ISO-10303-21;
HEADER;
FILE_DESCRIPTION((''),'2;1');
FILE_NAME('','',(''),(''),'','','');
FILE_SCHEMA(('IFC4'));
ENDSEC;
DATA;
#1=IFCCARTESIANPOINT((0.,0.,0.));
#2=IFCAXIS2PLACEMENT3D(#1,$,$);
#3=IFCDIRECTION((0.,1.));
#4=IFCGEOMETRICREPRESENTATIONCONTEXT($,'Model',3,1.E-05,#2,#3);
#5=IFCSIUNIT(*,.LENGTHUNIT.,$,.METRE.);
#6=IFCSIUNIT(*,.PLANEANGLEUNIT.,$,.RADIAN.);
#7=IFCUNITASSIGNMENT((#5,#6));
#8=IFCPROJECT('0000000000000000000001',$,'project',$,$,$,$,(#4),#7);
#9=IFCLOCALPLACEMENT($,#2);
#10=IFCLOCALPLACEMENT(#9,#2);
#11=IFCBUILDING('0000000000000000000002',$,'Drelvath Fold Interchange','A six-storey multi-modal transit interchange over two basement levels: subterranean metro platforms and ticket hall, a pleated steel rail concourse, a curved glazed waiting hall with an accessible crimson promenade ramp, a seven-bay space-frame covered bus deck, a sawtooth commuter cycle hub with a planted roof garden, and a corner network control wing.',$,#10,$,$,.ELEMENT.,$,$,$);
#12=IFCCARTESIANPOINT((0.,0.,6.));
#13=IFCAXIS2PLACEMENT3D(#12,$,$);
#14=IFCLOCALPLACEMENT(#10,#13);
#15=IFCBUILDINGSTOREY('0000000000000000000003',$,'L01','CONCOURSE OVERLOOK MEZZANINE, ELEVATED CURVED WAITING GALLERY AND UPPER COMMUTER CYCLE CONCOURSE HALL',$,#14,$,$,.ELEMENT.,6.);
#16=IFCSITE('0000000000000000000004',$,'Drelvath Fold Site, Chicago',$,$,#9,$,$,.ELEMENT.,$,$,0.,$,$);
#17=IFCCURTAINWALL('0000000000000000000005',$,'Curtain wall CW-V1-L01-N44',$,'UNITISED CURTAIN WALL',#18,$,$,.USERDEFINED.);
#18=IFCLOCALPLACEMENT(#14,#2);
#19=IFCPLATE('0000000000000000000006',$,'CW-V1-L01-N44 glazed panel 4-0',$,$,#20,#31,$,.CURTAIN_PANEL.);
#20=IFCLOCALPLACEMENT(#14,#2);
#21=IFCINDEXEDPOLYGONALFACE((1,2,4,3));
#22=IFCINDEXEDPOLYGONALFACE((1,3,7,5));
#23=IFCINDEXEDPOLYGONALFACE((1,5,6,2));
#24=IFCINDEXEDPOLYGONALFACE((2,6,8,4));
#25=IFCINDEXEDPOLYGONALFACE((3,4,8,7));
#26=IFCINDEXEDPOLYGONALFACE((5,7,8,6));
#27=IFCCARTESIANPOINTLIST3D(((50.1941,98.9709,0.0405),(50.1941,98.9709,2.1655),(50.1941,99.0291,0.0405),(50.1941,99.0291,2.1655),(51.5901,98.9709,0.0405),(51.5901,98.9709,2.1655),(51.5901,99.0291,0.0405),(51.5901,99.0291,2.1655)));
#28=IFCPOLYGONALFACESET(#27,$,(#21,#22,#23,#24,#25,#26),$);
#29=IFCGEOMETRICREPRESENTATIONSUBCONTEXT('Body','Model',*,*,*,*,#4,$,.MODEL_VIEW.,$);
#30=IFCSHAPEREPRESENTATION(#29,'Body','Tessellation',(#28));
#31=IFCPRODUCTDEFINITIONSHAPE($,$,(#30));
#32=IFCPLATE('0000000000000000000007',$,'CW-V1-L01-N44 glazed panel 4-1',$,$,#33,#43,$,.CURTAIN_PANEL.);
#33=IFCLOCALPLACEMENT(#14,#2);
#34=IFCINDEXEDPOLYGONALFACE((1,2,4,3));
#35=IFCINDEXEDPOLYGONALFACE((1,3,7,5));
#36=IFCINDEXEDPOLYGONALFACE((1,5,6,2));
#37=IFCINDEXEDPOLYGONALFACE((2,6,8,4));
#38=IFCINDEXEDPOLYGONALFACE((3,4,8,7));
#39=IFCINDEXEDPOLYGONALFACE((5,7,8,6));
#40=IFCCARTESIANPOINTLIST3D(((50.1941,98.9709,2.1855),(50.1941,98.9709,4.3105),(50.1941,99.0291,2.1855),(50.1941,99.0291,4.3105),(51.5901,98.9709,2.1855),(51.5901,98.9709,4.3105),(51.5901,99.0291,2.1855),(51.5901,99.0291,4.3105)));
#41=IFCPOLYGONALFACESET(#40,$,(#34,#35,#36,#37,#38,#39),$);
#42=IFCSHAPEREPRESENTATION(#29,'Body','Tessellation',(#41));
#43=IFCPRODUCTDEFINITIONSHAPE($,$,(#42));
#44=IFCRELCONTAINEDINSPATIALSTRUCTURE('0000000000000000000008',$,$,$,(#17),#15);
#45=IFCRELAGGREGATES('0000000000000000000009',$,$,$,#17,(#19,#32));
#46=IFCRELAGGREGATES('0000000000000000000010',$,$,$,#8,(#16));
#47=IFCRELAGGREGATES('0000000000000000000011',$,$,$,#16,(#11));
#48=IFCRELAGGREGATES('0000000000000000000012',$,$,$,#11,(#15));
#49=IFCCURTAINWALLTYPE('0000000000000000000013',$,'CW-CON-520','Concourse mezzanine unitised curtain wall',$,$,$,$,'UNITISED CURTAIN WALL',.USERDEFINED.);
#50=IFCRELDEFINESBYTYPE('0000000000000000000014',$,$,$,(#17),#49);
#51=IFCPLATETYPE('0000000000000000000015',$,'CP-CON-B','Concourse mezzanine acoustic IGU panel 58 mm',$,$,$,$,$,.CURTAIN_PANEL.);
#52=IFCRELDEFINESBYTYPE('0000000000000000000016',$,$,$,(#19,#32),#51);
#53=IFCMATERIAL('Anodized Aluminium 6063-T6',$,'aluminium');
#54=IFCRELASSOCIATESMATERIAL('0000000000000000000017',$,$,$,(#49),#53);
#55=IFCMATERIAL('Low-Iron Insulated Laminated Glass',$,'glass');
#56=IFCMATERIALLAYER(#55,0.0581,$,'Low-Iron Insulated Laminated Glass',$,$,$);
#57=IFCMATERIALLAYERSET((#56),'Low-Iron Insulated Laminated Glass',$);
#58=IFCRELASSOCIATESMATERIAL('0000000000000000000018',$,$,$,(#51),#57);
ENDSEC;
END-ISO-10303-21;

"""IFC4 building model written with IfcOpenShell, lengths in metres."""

from ifc_helpers import new_model, si_unit, direction, frame, origin, origin_2d, place, context, subcontext, project, spatial, rectangle, extrude, material, layer, layer_set, type_object, element, aggregate, save


model = new_model("IFC4")

# Units and contexts
model_context = context("Model", 3, precision=1e-05, world=origin(), true_north=direction((0.0, 1.0)))
body_context = subcontext(model_context, "Body", "Model", "MODEL_VIEW")
ifc_project = project(units=[si_unit("LENGTHUNIT", "METRE"), si_unit("PLANEANGLEUNIT", "RADIAN")], contexts=[model_context])

# Site, building, storey
site_placement = place(None, origin())
site = spatial("IfcSite", under=ifc_project, at=site_placement, Name="Drelvath Fold Site, Chicago", CompositionType="ELEMENT", RefElevation=0.0)
building_placement = place(site_placement, origin())
building = spatial("IfcBuilding", under=site, at=building_placement, Name="Drelvath Fold Interchange", Description="A six-storey multi-modal transit interchange over two basement levels: subterranean metro platforms and ticket hall, a pleated steel rail concourse, a curved glazed waiting hall with an accessible crimson promenade ramp, a seven-bay space-frame covered bus deck, a sawtooth commuter cycle hub with a planted roof garden, and a corner network control wing.", CompositionType="ELEMENT")
storey_placement = place(building_placement, frame((0.0, 0.0, 6.0)))
storey = spatial("IfcBuildingStorey", under=building, at=storey_placement, Name="L01", Description="CONCOURSE OVERLOOK MEZZANINE, ELEVATED CURVED WAITING GALLERY AND UPPER COMMUTER CYCLE CONCOURSE HALL", CompositionType="ELEMENT", Elevation=6.0)

# Curtain wall, plates
ifc_material_1 = material(Name="Anodized Aluminium 6063-T6", Category="aluminium")
curtain_wall_type = type_object("IfcCurtainWallType", Name="CW-CON-520", Description="Concourse mezzanine unitised curtain wall", ElementType="UNITISED CURTAIN WALL", PredefinedType="USERDEFINED", material=ifc_material_1)
curtain_wall_placement = place(storey_placement, origin())
curtain_wall = element("IfcCurtainWall", 1, at=curtain_wall_placement, inside=storey, type_object=curtain_wall_type, Name="Curtain wall CW-V1-L01-N44", ObjectType="UNITISED CURTAIN WALL", PredefinedType="USERDEFINED")
ifc_material_2 = material(Name="Low-Iron Insulated Laminated Glass", Category="glass")
ifc_layer = layer(ifc_material_2, 0.0581, Name="Low-Iron Insulated Laminated Glass")
ifc_layer_set = layer_set([ifc_layer], Name="Low-Iron Insulated Laminated Glass")
plate_type = type_object("IfcPlateType", Name="CP-CON-B", Description="Concourse mezzanine acoustic IGU panel 58 mm", PredefinedType="CURTAIN_PANEL", material=ifc_layer_set)
plate_1_placement = place(storey_placement, frame((50.8921, 99.0, 0.0405), z_axis=(0.0, 0.0, 1.0), x_axis=(1.0, 0.0, 0.0)))
plate_1 = element("IfcPlate", 2, at=plate_1_placement, type_object=plate_type, Name="CW-V1-L01-N44 glazed panel 4-0", PredefinedType="CURTAIN_PANEL", context=body_context, shape_type="SweptSolid", body=[
    extrude(rectangle(XDim=1.396, YDim=0.0581, at=origin_2d()), origin(), (0.0, 0.0, 1.0), 2.125),
])
plate_2_placement = place(storey_placement, frame((50.8921, 99.0, 2.1855), z_axis=(0.0, 0.0, 1.0), x_axis=(1.0, 0.0, 0.0)))
plate_2 = element("IfcPlate", 3, at=plate_2_placement, type_object=plate_type, Name="CW-V1-L01-N44 glazed panel 4-1", PredefinedType="CURTAIN_PANEL", context=body_context, shape_type="SweptSolid", body=[
    extrude(rectangle(XDim=1.396, YDim=0.0581, at=origin_2d()), origin(), (0.0, 0.0, 1.0), 2.125),
])
aggregate(curtain_wall, [plate_1, plate_2])

save(model, "model.ifc")
